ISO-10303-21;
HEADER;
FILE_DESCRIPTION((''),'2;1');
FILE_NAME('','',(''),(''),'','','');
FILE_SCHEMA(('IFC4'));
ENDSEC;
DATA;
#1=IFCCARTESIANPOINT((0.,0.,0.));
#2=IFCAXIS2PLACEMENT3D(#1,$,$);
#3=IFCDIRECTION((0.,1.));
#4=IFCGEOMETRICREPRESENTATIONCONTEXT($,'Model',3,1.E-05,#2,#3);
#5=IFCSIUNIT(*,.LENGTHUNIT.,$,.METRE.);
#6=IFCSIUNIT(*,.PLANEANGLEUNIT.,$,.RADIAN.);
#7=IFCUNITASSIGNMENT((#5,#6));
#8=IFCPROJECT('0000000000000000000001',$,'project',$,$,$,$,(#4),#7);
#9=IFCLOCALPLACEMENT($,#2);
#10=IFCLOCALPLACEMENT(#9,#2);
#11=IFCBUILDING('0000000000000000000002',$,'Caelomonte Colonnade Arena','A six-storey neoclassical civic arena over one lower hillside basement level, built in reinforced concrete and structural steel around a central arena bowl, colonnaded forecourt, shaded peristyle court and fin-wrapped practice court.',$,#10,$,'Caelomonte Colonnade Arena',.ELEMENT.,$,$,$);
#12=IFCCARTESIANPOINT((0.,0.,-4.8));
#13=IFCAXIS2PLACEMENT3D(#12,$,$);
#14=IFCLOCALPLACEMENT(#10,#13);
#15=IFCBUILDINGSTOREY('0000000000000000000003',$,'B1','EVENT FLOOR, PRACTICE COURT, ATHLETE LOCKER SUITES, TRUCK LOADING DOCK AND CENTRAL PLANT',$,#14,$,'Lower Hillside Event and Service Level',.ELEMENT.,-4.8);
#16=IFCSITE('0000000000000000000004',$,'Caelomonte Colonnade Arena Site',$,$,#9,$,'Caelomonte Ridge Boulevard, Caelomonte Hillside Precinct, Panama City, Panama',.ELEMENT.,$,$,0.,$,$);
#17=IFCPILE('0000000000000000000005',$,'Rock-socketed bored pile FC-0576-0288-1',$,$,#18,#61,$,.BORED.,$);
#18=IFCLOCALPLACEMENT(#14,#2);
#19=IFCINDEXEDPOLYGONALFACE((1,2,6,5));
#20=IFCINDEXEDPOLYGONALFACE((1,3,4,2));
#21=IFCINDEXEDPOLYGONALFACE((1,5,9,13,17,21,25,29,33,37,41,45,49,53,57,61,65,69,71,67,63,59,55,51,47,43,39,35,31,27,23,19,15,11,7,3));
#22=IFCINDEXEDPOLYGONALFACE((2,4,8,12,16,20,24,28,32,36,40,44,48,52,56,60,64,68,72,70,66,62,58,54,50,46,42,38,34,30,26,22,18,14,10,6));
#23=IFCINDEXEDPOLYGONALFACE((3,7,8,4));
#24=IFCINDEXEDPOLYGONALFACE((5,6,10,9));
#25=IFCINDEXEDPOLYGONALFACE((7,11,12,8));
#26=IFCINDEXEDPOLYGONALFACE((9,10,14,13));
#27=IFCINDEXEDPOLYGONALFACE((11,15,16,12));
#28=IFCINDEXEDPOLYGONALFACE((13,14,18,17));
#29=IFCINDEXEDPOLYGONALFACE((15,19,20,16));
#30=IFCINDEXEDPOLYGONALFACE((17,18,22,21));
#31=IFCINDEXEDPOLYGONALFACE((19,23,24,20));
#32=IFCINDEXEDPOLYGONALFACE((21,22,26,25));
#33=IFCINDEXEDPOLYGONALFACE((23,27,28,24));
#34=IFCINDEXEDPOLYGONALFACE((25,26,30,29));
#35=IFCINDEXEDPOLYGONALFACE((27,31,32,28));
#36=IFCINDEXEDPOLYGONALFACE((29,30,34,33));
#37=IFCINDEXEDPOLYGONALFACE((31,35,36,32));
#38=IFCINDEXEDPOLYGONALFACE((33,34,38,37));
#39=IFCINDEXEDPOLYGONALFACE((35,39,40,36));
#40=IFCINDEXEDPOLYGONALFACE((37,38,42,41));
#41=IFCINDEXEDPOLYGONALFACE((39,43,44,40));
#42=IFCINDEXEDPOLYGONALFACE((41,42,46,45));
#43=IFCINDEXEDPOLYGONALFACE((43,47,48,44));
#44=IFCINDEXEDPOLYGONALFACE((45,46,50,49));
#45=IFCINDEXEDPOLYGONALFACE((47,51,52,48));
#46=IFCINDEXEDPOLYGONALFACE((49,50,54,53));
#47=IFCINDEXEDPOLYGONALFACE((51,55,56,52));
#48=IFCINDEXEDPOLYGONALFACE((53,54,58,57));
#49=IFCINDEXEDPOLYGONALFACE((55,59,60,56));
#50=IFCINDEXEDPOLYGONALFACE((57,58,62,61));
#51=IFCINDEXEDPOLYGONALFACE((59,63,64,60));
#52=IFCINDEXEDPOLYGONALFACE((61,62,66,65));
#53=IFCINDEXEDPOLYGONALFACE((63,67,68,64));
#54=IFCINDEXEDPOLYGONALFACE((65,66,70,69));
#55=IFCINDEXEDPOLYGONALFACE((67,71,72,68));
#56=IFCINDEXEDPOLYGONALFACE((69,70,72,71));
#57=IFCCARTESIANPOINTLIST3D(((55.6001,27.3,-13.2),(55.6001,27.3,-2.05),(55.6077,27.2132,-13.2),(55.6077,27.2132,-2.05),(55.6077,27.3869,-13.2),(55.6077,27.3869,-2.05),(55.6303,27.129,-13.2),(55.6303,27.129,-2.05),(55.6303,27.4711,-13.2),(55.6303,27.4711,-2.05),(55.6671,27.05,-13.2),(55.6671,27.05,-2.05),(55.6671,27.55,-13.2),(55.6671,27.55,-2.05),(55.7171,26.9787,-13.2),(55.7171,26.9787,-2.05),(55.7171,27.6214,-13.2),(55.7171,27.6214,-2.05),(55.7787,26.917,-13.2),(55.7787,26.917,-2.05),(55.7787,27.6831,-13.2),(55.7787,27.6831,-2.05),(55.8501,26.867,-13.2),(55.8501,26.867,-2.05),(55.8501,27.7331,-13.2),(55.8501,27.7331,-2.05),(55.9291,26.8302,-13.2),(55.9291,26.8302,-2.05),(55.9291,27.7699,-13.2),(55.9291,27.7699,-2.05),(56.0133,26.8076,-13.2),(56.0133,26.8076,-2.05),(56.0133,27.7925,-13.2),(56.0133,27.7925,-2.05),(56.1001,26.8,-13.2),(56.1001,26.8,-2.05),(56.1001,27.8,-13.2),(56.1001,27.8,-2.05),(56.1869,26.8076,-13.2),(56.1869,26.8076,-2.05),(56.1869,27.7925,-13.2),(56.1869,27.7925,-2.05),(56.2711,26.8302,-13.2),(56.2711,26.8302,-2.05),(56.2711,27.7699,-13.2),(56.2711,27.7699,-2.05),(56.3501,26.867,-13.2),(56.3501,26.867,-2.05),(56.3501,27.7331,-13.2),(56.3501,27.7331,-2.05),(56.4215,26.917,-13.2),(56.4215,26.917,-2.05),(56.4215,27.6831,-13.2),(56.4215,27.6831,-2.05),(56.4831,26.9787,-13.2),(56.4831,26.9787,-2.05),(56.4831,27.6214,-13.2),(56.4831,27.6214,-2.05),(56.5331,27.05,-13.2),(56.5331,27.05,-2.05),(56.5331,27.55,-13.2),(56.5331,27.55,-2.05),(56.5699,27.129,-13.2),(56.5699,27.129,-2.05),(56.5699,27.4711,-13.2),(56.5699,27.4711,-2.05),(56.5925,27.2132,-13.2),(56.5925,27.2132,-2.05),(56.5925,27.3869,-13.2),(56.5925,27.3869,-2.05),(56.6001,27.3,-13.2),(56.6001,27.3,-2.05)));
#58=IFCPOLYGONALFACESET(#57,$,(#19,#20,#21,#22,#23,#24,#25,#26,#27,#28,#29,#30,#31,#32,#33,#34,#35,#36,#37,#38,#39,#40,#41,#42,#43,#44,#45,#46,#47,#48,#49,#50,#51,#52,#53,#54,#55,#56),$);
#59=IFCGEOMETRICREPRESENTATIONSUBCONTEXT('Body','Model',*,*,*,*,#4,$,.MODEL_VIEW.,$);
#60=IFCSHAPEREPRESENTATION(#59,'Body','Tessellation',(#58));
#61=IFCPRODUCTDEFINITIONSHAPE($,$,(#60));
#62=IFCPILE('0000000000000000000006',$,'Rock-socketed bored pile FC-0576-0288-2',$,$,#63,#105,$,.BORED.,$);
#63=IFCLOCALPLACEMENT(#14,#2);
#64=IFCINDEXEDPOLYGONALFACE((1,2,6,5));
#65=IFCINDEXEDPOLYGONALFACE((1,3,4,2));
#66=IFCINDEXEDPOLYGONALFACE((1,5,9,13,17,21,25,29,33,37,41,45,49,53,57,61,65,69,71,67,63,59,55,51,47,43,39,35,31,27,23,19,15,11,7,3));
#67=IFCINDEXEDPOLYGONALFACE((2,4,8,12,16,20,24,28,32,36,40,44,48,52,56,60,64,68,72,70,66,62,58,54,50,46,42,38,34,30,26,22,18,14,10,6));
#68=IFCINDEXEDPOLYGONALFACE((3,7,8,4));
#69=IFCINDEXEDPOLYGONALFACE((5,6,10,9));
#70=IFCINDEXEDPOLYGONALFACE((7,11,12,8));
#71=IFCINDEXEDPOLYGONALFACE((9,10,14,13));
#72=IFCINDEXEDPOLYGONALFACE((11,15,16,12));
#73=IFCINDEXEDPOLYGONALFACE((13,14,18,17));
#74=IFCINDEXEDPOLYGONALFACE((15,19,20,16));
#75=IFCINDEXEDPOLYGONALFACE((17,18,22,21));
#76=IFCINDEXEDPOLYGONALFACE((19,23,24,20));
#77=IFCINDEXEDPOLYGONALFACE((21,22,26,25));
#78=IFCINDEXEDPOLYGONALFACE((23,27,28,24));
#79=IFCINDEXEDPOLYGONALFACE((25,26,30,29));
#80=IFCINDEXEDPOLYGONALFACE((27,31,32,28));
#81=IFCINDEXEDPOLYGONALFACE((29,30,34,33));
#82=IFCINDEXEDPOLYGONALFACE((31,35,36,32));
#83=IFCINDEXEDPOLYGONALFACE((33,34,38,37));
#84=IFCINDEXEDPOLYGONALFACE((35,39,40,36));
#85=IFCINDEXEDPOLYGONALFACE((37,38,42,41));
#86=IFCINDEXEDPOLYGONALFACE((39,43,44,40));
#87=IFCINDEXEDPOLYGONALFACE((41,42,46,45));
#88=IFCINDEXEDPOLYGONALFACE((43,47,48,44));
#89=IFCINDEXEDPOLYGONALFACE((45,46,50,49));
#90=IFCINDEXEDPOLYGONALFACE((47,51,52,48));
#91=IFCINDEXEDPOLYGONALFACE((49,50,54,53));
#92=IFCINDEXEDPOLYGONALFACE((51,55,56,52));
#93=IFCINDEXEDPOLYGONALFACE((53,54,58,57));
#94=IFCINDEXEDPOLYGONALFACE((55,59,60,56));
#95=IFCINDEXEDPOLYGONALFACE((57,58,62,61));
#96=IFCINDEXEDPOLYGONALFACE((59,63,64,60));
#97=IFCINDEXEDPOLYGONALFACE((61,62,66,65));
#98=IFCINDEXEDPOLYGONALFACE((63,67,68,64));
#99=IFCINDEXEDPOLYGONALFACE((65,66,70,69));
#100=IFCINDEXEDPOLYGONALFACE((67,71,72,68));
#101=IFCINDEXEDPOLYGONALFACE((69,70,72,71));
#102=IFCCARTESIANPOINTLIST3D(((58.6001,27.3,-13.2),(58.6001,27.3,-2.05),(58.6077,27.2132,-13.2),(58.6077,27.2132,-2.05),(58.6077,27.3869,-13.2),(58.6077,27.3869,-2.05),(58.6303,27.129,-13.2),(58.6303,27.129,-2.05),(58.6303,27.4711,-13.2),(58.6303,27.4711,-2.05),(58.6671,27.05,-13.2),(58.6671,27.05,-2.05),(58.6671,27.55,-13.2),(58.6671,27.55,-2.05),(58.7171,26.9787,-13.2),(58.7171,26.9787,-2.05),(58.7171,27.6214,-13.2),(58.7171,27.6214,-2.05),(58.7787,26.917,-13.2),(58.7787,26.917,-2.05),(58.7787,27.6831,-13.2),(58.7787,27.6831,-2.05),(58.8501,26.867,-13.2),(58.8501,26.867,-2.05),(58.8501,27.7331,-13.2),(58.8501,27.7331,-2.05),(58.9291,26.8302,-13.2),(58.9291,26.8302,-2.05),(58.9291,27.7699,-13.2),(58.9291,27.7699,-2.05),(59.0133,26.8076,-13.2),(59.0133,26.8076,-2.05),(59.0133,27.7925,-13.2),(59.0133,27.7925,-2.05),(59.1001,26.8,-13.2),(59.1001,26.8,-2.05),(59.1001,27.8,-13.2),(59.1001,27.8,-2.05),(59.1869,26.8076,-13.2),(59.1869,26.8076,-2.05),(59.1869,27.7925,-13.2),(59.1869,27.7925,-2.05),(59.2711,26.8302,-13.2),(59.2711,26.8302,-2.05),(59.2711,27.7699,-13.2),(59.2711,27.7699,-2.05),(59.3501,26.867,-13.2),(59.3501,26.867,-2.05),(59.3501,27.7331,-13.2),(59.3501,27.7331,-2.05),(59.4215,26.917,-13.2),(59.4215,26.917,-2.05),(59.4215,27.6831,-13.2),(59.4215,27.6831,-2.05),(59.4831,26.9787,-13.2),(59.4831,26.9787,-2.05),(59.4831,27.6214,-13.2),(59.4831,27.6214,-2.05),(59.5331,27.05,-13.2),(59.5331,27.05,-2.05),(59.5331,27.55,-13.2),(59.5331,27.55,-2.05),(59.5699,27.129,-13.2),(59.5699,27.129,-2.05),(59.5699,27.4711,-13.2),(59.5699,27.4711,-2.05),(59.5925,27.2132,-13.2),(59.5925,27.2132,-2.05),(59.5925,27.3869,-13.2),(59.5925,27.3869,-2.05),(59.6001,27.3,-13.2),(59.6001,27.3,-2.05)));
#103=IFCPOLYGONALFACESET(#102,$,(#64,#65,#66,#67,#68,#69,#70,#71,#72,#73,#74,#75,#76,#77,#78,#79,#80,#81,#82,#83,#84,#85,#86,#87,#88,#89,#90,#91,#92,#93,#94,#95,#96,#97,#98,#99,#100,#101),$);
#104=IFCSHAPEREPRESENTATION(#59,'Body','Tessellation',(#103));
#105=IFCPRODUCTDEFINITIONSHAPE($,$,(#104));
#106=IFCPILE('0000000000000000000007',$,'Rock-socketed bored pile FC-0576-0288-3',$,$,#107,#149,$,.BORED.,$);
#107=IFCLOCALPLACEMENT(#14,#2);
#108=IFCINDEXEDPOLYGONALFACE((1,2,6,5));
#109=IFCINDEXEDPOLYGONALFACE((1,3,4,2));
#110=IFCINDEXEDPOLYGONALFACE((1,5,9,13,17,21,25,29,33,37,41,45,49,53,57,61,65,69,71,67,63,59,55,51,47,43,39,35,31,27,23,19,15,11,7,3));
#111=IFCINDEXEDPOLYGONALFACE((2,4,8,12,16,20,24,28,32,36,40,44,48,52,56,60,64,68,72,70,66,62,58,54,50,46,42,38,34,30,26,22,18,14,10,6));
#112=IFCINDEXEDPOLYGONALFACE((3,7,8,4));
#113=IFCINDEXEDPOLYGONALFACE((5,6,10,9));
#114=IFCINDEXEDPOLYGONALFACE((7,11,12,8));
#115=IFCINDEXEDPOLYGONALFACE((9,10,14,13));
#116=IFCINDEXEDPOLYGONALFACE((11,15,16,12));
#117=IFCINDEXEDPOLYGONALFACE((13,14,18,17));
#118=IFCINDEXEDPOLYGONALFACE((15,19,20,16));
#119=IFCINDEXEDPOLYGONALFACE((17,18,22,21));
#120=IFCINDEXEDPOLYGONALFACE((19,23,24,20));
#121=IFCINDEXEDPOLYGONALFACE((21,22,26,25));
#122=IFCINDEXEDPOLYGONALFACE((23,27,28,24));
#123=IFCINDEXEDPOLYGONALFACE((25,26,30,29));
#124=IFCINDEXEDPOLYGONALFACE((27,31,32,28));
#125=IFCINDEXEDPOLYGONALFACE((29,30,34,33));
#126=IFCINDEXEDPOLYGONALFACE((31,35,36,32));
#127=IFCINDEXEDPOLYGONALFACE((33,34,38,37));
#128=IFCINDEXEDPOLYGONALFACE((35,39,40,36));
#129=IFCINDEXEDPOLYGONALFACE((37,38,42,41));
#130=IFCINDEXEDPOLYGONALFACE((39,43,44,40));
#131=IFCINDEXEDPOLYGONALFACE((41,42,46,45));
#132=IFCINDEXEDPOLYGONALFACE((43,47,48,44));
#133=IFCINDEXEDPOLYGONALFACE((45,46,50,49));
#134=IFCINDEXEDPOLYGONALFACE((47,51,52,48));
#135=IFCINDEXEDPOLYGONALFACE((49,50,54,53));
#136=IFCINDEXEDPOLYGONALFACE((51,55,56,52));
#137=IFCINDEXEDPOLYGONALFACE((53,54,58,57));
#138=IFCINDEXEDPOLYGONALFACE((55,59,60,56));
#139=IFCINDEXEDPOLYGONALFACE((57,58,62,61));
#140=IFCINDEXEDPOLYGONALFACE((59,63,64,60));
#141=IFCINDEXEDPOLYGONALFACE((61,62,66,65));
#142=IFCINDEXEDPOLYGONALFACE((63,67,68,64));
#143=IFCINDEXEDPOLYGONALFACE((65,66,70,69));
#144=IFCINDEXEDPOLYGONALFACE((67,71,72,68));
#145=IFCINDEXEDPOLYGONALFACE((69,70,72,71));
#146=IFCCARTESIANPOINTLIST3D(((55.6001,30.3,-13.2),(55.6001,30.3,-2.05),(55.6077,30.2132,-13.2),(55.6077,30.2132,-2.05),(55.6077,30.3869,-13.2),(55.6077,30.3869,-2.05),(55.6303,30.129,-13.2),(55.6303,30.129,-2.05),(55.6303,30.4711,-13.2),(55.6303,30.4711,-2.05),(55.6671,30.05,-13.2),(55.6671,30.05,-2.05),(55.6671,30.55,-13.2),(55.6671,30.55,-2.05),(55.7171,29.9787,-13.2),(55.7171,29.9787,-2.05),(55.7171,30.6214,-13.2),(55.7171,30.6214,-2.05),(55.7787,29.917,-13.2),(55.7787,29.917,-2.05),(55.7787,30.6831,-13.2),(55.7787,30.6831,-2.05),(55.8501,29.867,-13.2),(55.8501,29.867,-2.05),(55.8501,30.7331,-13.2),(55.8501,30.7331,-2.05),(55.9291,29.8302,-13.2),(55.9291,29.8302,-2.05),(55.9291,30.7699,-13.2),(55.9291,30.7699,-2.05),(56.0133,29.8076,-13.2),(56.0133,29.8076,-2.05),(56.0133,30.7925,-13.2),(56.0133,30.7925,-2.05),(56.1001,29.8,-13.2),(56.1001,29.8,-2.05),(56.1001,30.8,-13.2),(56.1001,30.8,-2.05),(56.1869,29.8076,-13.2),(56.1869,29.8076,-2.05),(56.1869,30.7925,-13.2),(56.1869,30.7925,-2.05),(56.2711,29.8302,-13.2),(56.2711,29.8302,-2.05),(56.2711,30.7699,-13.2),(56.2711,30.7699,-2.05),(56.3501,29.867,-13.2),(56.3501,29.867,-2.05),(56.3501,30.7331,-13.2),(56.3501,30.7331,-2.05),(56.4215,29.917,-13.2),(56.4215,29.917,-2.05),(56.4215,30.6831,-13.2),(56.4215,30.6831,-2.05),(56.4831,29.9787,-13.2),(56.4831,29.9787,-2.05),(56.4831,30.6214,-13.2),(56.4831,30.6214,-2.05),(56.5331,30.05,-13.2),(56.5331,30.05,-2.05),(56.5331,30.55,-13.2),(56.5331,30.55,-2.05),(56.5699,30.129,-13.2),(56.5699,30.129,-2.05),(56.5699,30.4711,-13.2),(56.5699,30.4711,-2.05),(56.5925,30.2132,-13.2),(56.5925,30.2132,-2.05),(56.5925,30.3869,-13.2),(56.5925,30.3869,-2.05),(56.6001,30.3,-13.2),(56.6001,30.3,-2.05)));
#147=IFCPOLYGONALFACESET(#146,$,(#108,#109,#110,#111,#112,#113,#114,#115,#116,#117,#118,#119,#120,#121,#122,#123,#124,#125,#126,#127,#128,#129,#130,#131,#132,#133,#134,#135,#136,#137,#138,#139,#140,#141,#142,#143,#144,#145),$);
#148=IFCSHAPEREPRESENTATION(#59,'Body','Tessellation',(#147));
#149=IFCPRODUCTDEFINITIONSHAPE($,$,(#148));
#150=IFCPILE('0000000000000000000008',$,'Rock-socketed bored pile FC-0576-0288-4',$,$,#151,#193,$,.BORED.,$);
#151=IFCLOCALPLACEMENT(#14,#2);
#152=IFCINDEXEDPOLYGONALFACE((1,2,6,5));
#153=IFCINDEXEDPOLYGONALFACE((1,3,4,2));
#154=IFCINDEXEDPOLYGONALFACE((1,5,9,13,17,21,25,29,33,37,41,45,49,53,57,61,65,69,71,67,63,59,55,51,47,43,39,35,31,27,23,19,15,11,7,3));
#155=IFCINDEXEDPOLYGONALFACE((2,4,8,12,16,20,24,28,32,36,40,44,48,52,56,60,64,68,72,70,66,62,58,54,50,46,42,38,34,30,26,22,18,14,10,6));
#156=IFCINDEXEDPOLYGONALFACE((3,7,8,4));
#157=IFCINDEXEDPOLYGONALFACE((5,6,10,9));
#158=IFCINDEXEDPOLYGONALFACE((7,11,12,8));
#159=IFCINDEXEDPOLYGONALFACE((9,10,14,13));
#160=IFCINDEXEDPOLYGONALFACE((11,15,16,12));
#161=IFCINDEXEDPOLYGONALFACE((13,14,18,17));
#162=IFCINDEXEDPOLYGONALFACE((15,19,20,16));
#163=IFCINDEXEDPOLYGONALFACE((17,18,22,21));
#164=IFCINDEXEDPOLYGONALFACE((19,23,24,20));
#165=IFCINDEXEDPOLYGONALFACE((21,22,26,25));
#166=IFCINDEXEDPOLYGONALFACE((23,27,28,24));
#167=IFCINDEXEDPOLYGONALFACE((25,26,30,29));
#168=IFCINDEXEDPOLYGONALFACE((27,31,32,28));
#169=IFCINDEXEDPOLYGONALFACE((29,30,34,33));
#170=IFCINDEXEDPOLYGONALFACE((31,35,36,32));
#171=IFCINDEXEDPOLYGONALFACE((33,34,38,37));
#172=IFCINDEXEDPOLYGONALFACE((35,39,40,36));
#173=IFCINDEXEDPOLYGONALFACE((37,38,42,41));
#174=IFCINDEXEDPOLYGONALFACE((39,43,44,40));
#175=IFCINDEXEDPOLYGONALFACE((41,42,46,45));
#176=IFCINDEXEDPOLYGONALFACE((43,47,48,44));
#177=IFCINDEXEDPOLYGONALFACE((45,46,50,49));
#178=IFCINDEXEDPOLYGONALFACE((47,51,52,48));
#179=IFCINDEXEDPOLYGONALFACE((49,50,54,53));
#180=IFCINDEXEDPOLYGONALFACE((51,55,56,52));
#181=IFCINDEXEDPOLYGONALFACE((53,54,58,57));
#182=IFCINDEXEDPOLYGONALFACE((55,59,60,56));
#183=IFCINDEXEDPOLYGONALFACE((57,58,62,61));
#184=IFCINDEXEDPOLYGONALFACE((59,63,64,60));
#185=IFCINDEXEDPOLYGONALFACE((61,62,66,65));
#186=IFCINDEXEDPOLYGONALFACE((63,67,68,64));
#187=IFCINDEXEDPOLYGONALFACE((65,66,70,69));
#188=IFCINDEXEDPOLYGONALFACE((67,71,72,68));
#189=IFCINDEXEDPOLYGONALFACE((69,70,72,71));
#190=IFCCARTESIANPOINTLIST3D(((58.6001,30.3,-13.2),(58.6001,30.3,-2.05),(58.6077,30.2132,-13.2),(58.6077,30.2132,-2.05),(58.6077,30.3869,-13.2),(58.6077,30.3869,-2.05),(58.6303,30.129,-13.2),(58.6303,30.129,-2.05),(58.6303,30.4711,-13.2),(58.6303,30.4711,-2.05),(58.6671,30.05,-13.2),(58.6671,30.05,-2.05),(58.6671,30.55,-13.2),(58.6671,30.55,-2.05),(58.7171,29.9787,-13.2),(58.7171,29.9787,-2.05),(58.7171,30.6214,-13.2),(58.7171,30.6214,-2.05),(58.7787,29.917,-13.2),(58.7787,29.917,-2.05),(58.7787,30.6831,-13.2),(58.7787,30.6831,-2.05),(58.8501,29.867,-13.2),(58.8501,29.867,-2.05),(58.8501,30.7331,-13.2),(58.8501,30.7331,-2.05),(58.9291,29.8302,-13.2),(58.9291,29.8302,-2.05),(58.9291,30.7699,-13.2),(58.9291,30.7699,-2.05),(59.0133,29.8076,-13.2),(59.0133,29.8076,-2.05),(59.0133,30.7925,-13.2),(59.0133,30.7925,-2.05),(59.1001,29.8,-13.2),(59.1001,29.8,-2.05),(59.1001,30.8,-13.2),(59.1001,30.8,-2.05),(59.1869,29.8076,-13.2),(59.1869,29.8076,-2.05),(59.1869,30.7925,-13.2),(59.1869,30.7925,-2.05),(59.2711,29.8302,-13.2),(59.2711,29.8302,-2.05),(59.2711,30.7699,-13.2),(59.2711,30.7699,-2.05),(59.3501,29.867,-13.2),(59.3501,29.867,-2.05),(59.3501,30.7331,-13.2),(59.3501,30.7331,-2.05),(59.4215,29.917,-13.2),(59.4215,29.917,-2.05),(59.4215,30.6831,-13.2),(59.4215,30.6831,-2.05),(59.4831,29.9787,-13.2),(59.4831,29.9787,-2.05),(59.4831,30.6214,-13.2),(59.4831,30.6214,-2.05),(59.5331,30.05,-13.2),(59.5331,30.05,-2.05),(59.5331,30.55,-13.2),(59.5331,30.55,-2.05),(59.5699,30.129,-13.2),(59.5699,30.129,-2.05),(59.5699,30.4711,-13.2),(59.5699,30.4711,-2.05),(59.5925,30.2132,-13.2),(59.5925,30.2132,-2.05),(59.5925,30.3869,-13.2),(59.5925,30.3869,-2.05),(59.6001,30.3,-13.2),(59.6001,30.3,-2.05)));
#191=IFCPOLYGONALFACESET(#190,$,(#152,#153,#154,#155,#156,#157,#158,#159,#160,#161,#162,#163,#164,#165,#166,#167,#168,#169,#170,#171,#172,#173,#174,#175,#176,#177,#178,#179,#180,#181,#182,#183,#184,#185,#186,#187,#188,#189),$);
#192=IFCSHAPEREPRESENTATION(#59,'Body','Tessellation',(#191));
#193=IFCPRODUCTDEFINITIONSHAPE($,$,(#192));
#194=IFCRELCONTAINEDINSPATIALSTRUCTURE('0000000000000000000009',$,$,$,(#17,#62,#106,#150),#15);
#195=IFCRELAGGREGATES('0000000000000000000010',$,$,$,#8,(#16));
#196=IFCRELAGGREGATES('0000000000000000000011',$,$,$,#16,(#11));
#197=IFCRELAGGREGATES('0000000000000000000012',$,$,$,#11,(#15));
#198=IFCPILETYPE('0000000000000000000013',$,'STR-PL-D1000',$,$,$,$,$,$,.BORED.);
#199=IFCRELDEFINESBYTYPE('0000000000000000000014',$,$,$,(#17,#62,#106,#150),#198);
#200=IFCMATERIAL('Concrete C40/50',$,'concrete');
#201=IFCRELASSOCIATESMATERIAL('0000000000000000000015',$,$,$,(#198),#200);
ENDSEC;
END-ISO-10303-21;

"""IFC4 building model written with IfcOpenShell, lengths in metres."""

from ifc_helpers import new_model, si_unit, direction, frame, origin, origin_2d, place, context, subcontext, project, spatial, circle, extrude, material, material_profile, profile_set, type_object, element, save


model = new_model("IFC4")

# Units and contexts
model_context = context("Model", 3, precision=1e-05, world=origin(), true_north=direction((0.0, 1.0)))
body_context = subcontext(model_context, "Body", "Model", "MODEL_VIEW")
ifc_project = project(units=[si_unit("LENGTHUNIT", "METRE"), si_unit("PLANEANGLEUNIT", "RADIAN")], contexts=[model_context])

# Site, building, storey
site_placement = place(None, origin())
site = spatial("IfcSite", under=ifc_project, at=site_placement, Name="Caelomonte Colonnade Arena Site", LongName="Caelomonte Ridge Boulevard, Caelomonte Hillside Precinct, Panama City, Panama", CompositionType="ELEMENT", RefElevation=0.0)
building_placement = place(site_placement, origin())
building = spatial("IfcBuilding", under=site, at=building_placement, Name="Caelomonte Colonnade Arena", Description="A six-storey neoclassical civic arena over one lower hillside basement level, built in reinforced concrete and structural steel around a central arena bowl, colonnaded forecourt, shaded peristyle court and fin-wrapped practice court.", LongName="Caelomonte Colonnade Arena", CompositionType="ELEMENT")
storey_placement = place(building_placement, frame((0.0, 0.0, -4.8)))
storey = spatial("IfcBuildingStorey", under=building, at=storey_placement, Name="B1", Description="EVENT FLOOR, PRACTICE COURT, ATHLETE LOCKER SUITES, TRUCK LOADING DOCK AND CENTRAL PLANT", LongName="Lower Hillside Event and Service Level", CompositionType="ELEMENT", Elevation=-4.8)

# Shared definitions
ifc_material_1 = material(Name="Concrete C40/50", Category="concrete")

# Piles
ifc_material_profile_1 = material_profile(ifc_material_1, circle(Radius=0.5, at=origin_2d()), Name="PILE-D1000")
ifc_profile_set_1 = profile_set([ifc_material_profile_1], Name="Concrete C40/50")
pile_type_1 = type_object("IfcPileType", Name="STR-PL-D1000", PredefinedType="BORED", material=ifc_profile_set_1)
for number, where, z_axis, x_axis, name in (
    (1, (56.1001, 27.3, -2.05), (0.0, 0.0, -1.0), (1.0, 0.0, 0.0), "Rock-socketed bored pile FC-0576-0288-1"),
    (2, (59.1001, 27.3, -2.05), (0.0, 0.0, -1.0), (1.0, 0.0, 0.0), "Rock-socketed bored pile FC-0576-0288-2"),
    (3, (56.1001, 30.3, -2.05), (0.0, 0.0, -1.0), (1.0, 0.0, 0.0), "Rock-socketed bored pile FC-0576-0288-3"),
    (4, (59.1001, 30.3, -2.05), (0.0, 0.0, -1.0), (1.0, 0.0, 0.0), "Rock-socketed bored pile FC-0576-0288-4"),
):
    element("IfcPile", number, at=place(storey_placement, frame(where, z_axis=z_axis, x_axis=x_axis)), inside=storey, type_object=pile_type_1, Name=name, PredefinedType="BORED", context=body_context, shape_type="SweptSolid", body=[
        extrude(circle(Radius=0.5, at=origin_2d()), origin(), (0.0, 0.0, 1.0), 11.1499),
    ])

save(model, "model.ifc")
